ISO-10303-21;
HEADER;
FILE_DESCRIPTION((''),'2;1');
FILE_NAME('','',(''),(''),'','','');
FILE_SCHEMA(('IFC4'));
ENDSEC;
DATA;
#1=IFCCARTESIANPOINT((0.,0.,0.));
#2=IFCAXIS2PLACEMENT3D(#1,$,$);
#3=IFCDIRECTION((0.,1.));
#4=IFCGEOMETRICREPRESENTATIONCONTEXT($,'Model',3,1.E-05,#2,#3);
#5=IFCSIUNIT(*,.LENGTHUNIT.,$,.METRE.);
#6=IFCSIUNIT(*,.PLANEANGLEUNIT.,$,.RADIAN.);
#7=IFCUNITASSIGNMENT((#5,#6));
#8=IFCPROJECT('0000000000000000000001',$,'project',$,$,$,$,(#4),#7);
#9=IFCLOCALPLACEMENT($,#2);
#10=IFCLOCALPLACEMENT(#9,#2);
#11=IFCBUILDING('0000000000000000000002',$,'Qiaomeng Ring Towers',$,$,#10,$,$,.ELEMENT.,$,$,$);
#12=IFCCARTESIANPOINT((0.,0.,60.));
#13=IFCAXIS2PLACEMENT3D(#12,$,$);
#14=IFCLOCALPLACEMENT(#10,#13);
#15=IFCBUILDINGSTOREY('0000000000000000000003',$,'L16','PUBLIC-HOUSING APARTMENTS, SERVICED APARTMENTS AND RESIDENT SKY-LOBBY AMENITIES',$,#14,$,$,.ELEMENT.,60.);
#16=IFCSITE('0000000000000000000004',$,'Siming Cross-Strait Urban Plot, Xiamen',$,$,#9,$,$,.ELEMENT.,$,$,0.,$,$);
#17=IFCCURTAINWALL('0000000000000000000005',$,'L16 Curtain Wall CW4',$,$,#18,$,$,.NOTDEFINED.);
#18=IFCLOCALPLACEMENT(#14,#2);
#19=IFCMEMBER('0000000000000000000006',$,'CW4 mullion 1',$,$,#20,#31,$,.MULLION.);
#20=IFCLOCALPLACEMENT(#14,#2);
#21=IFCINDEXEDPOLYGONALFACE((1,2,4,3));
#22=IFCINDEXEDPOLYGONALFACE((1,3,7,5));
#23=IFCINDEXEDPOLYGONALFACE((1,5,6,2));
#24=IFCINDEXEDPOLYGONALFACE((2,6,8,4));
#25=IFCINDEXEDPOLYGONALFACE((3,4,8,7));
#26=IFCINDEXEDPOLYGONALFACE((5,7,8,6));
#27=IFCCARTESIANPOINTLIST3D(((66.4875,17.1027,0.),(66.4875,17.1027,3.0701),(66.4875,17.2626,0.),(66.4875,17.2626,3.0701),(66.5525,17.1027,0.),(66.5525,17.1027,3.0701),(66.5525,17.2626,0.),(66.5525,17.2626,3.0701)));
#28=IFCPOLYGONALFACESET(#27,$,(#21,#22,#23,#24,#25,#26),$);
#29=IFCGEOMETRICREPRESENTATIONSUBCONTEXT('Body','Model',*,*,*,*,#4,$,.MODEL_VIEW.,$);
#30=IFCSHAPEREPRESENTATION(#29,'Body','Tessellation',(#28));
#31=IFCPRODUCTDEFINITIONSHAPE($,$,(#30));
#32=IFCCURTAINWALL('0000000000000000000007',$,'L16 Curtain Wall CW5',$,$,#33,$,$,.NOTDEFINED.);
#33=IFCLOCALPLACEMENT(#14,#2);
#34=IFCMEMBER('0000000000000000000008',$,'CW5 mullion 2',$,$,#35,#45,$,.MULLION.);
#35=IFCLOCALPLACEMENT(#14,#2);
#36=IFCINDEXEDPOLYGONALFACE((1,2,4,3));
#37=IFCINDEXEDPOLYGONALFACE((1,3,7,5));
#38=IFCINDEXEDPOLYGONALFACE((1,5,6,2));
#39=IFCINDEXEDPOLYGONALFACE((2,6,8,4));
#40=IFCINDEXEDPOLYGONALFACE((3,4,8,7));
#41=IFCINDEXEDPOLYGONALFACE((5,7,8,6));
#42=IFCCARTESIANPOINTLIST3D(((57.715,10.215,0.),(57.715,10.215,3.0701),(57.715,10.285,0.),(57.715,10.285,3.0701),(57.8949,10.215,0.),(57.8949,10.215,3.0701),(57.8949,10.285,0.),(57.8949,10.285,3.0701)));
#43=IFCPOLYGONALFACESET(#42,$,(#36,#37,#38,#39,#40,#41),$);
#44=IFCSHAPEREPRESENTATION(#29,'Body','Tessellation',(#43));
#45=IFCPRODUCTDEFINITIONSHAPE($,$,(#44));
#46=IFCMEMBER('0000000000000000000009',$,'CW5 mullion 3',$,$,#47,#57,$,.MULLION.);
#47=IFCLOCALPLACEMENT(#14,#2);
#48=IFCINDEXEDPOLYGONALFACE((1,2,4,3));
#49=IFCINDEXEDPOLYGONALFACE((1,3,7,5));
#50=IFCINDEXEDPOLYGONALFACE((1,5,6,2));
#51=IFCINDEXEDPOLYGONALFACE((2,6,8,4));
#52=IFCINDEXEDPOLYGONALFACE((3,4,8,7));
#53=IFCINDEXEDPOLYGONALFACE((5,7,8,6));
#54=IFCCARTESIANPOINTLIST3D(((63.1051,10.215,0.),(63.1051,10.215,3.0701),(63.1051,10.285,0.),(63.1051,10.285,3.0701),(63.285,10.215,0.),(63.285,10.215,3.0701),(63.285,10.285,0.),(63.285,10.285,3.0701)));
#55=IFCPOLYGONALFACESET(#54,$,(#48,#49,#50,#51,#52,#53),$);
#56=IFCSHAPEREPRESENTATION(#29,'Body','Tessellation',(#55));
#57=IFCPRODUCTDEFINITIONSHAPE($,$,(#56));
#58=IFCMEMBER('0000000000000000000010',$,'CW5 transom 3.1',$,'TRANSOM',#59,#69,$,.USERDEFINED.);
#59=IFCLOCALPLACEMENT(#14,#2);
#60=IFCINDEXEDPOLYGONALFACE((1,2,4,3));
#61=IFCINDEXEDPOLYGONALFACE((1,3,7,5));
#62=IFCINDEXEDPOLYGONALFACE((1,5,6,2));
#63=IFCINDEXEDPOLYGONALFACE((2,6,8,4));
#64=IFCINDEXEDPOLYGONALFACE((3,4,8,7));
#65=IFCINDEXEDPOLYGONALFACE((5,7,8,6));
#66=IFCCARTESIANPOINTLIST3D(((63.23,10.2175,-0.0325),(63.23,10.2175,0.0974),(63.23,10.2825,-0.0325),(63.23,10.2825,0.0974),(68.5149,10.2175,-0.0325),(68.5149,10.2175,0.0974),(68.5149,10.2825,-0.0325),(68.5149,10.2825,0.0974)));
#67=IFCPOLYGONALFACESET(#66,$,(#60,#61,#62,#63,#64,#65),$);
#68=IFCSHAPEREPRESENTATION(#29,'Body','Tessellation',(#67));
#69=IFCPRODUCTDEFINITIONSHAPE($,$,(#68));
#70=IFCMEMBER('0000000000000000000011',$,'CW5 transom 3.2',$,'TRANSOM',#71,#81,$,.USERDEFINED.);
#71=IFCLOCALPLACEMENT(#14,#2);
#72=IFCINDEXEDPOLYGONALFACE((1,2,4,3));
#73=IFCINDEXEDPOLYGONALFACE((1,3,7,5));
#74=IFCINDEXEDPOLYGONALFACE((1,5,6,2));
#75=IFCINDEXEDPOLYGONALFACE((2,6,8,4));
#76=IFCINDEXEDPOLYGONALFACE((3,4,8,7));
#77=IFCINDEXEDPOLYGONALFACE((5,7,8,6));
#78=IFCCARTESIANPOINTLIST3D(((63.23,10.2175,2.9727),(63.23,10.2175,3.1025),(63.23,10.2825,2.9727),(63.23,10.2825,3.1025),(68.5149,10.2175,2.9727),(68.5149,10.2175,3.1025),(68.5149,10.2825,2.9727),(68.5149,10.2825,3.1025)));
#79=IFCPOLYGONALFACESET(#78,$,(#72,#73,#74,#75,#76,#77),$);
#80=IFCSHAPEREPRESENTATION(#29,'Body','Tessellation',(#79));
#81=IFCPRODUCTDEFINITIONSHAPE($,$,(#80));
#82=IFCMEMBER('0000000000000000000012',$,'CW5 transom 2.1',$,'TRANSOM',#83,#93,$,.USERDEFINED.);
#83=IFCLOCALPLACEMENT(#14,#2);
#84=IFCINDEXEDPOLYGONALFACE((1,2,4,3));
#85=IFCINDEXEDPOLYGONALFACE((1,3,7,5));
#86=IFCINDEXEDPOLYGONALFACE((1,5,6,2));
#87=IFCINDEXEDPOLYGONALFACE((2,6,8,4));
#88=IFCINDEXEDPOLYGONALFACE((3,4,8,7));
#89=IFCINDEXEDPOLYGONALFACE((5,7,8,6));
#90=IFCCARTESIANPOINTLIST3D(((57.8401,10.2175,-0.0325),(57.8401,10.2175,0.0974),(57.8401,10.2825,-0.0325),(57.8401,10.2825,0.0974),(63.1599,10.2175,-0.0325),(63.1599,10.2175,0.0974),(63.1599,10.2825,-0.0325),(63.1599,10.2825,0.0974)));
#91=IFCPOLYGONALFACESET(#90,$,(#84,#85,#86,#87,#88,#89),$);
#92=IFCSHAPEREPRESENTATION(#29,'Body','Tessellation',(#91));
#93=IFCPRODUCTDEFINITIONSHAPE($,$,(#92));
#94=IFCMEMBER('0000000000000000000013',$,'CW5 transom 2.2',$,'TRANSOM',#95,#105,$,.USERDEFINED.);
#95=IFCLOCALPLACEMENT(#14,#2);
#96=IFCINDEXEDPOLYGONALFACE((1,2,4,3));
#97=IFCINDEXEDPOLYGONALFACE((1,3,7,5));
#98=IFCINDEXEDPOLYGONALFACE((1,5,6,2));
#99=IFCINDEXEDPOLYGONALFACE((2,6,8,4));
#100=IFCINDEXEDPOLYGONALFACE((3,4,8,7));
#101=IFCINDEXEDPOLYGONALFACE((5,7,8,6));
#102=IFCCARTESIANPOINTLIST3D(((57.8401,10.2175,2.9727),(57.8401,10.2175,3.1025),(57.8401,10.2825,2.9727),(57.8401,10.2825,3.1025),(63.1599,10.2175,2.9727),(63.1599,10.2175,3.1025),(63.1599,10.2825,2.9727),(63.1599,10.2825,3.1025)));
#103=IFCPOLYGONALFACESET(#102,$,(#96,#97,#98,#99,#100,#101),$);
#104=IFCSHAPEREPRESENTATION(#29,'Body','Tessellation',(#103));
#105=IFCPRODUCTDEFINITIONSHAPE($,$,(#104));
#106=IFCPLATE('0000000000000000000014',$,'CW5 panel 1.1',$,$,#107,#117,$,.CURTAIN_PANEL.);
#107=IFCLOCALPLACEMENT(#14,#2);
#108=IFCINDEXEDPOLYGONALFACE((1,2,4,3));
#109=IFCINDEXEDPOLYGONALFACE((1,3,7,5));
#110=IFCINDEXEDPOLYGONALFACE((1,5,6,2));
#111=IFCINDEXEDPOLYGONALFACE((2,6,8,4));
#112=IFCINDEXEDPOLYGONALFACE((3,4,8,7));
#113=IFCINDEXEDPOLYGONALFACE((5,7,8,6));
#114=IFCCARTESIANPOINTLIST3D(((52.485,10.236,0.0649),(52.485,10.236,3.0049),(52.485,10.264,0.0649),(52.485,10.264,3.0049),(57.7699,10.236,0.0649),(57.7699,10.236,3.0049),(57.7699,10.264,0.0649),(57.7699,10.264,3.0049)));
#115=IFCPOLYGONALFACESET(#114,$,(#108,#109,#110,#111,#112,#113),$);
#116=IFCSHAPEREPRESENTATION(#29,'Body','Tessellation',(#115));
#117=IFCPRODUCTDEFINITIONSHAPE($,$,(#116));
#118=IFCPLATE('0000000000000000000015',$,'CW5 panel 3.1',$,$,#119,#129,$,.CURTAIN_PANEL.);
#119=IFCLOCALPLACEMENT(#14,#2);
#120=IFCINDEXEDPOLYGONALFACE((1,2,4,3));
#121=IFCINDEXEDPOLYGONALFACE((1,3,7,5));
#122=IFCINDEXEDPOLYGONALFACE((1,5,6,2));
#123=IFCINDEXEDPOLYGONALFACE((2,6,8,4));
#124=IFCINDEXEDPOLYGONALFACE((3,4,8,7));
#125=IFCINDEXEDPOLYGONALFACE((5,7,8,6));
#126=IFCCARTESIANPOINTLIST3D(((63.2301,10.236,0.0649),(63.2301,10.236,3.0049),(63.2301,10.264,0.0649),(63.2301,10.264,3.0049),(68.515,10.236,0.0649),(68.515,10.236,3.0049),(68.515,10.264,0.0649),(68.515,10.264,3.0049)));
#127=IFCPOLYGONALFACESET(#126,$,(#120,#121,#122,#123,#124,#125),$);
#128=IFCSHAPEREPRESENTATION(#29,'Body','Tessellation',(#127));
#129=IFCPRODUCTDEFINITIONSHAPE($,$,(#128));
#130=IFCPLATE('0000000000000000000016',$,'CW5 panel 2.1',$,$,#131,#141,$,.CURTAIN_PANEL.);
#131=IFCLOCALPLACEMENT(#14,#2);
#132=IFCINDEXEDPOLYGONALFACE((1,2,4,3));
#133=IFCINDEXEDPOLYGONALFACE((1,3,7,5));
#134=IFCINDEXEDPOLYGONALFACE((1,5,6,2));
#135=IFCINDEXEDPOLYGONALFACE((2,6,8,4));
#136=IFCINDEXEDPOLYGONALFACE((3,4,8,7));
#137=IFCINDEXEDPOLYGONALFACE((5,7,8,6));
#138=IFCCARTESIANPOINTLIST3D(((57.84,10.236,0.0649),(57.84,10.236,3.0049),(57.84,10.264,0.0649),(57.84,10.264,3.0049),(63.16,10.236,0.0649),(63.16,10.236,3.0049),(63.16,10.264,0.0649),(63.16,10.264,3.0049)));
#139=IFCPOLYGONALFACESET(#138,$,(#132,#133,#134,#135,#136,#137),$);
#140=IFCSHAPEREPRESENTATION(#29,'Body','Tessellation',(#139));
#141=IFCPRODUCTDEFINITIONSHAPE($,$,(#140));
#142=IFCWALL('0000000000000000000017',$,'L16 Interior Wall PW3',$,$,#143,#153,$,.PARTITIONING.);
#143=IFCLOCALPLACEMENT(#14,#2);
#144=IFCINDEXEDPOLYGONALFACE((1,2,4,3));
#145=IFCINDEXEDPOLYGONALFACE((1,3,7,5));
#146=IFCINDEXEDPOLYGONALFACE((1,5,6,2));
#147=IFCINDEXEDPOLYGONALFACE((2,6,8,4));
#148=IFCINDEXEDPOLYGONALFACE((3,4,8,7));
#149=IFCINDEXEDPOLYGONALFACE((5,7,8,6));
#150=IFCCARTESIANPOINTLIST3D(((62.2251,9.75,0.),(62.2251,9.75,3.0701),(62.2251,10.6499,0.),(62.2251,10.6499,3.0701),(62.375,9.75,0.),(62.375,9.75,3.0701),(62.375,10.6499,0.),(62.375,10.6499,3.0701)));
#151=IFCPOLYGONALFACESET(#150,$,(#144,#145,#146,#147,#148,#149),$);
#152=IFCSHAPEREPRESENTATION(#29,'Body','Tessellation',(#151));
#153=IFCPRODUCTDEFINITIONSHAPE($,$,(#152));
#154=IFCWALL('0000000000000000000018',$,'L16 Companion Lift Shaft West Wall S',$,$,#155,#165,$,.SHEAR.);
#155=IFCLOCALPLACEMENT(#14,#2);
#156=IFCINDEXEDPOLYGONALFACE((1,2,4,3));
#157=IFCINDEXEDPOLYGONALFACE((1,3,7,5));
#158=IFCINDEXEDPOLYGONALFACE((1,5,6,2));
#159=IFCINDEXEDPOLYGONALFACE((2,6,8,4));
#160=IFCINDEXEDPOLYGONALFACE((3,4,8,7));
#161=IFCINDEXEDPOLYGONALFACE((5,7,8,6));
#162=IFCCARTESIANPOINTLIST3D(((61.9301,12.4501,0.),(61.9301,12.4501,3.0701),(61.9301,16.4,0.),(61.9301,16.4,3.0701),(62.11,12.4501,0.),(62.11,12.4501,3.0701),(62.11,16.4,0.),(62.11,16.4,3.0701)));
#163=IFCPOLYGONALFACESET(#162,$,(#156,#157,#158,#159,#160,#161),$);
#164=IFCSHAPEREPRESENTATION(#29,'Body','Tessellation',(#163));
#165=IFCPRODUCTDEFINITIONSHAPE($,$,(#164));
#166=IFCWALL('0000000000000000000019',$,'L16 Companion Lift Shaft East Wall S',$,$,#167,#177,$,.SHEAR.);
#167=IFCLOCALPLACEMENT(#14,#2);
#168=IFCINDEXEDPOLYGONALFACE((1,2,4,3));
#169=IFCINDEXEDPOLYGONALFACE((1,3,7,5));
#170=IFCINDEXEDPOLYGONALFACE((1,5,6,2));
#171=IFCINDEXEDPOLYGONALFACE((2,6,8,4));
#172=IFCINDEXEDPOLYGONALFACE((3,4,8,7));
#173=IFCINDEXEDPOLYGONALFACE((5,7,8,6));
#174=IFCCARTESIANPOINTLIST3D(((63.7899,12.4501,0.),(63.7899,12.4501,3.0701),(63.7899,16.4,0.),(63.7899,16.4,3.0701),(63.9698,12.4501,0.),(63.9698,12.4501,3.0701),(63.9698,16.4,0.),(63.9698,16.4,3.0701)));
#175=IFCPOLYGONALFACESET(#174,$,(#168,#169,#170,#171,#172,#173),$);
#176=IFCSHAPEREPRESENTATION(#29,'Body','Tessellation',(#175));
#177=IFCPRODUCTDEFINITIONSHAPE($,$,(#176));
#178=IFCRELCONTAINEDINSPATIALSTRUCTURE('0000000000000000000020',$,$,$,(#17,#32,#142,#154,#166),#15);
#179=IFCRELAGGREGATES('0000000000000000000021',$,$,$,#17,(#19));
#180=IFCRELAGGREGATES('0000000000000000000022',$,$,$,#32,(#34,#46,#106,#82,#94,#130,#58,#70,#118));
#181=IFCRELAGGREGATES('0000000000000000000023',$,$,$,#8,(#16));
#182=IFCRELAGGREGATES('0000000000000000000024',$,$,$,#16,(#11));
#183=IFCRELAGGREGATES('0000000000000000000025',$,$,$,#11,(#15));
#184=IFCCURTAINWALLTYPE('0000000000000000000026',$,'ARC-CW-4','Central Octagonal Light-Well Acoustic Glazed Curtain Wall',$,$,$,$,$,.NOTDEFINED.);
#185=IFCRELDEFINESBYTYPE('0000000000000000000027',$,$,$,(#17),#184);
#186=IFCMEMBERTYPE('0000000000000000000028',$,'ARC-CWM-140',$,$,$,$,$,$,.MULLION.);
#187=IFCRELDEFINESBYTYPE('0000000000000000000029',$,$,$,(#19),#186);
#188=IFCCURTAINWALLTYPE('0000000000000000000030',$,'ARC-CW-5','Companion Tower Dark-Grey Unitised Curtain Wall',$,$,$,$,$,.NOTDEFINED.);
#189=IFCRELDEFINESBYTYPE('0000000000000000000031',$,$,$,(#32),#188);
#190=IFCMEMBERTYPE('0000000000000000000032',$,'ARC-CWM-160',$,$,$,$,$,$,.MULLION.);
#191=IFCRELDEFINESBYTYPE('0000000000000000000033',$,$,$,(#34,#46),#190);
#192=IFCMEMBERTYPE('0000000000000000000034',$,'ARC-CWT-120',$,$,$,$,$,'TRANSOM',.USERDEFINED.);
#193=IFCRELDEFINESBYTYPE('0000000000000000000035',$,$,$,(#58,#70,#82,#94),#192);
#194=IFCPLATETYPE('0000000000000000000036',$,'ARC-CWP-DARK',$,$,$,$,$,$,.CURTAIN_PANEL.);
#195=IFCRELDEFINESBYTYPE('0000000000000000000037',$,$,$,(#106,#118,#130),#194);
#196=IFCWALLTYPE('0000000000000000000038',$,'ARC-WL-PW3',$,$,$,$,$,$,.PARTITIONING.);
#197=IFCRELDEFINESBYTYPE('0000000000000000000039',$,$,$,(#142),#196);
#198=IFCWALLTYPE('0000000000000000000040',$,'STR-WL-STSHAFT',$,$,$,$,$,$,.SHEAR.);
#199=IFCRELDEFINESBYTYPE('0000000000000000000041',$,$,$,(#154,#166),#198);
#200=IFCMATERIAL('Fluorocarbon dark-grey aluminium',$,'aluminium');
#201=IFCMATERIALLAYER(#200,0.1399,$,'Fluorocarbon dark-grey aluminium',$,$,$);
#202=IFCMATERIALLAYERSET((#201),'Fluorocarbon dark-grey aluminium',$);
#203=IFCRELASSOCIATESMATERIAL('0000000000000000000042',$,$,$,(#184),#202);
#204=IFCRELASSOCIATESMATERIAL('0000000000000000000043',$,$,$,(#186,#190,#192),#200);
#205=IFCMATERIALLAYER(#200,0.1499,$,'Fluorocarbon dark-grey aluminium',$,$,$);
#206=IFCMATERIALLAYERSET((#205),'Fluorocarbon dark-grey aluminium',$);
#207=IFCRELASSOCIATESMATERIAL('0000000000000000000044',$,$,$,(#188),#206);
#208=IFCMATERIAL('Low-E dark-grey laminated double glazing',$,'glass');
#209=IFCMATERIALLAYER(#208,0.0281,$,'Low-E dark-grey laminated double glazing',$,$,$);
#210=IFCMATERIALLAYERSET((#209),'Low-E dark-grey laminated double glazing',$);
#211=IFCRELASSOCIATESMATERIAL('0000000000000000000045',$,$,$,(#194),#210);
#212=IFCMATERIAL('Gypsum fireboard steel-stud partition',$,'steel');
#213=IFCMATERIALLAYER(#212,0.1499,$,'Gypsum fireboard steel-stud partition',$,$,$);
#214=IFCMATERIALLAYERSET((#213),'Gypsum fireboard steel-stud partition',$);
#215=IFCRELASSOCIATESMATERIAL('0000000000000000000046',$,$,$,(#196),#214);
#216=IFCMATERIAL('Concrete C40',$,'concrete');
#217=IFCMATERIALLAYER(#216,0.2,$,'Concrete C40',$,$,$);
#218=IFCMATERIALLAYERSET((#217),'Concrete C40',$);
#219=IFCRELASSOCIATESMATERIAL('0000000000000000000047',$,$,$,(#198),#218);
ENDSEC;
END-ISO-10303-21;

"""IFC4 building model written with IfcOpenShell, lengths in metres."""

from ifc_helpers import new_model, si_unit, direction, frame, frame_2d, origin, origin_2d, place, context, subcontext, project, spatial, rectangle, extrude, source, transform, mapped, material, layer, layer_set, material_profile, profile_set, type_object, element, aggregate, save


model = new_model("IFC4")

# Units and contexts
model_context = context("Model", 3, precision=1e-05, world=origin(), true_north=direction((0.0, 1.0)))
body_context = subcontext(model_context, "Body", "Model", "MODEL_VIEW")
ifc_project = project(units=[si_unit("LENGTHUNIT", "METRE"), si_unit("PLANEANGLEUNIT", "RADIAN")], contexts=[model_context])

# Site, building, storey
site_placement = place(None, origin())
site = spatial("IfcSite", under=ifc_project, at=site_placement, Name="Siming Cross-Strait Urban Plot, Xiamen", CompositionType="ELEMENT", RefElevation=0.0)
building_placement = place(site_placement, origin())
building = spatial("IfcBuilding", under=site, at=building_placement, Name="Qiaomeng Ring Towers", CompositionType="ELEMENT")
storey_placement = place(building_placement, frame((0.0, 0.0, 60.0)))
storey = spatial("IfcBuildingStorey", under=building, at=storey_placement, Name="L16", Description="PUBLIC-HOUSING APARTMENTS, SERVICED APARTMENTS AND RESIDENT SKY-LOBBY AMENITIES", CompositionType="ELEMENT", Elevation=60.0)

# Curtain wall, member
ifc_material_1 = material(Name="Fluorocarbon dark-grey aluminium", Category="aluminium")
ifc_layer_1 = layer(ifc_material_1, 0.1399, Name="Fluorocarbon dark-grey aluminium")
ifc_layer_set_1 = layer_set([ifc_layer_1], Name="Fluorocarbon dark-grey aluminium")
curtain_wall_type_1 = type_object("IfcCurtainWallType", Name="ARC-CW-4", Description="Central Octagonal Light-Well Acoustic Glazed Curtain Wall", PredefinedType="NOTDEFINED", material=ifc_layer_set_1)
curtain_wall_1_placement = place(storey_placement, origin())
curtain_wall_1 = element("IfcCurtainWall", 1, at=curtain_wall_1_placement, inside=storey, type_object=curtain_wall_type_1, Name="L16 Curtain Wall CW4", PredefinedType="NOTDEFINED")
ifc_material_profile_1 = material_profile(ifc_material_1, rectangle(XDim=0.0649, YDim=0.1599, at=origin_2d()), Name="ALU MULL 65x160")
ifc_profile_set_1 = profile_set([ifc_material_profile_1], Name="Fluorocarbon dark-grey aluminium")
member_type_1 = type_object("IfcMemberType", Name="ARC-CWM-140", PredefinedType="MULLION", material=ifc_profile_set_1)
shared_shape_1 = source(origin(), body_context, "Body", "SweptSolid", [
    extrude(rectangle(XDim=0.0649, YDim=0.1599, at=origin_2d()), origin(), (0.0, 0.0, 1.0), 3.0701),
])
member_1_placement = place(storey_placement, frame((66.52, 17.1826, 0.0), z_axis=(0.0, 0.0, 1.0), x_axis=(-1.0, 0.0, 0.0)))
member_1 = element("IfcMember", 2, at=member_1_placement, type_object=member_type_1, Name="CW4 mullion 1", PredefinedType="MULLION", context=body_context, shape_type="MappedRepresentation", body=[
    mapped(shared_shape_1, transform((0.0, 0.0, 0.0), x_axis=(1.0, 0.0, 0.0), y_axis=(0.0, 1.0, 0.0), z_axis=(0.0, 0.0, 1.0), scale=1.0)),
])
aggregate(curtain_wall_1, [member_1])

# Curtain wall, members, plates
ifc_layer_2 = layer(ifc_material_1, 0.1499, Name="Fluorocarbon dark-grey aluminium")
ifc_layer_set_2 = layer_set([ifc_layer_2], Name="Fluorocarbon dark-grey aluminium")
curtain_wall_type_2 = type_object("IfcCurtainWallType", Name="ARC-CW-5", Description="Companion Tower Dark-Grey Unitised Curtain Wall", PredefinedType="NOTDEFINED", material=ifc_layer_set_2)
curtain_wall_2_placement = place(storey_placement, origin())
curtain_wall_2 = element("IfcCurtainWall", 3, at=curtain_wall_2_placement, inside=storey, type_object=curtain_wall_type_2, Name="L16 Curtain Wall CW5", PredefinedType="NOTDEFINED")
ifc_material_profile_2 = material_profile(ifc_material_1, rectangle(XDim=0.0701, YDim=0.1799, at=origin_2d()), Name="ALU MULL 70x180")
ifc_profile_set_2 = profile_set([ifc_material_profile_2], Name="Fluorocarbon dark-grey aluminium")
member_type_2 = type_object("IfcMemberType", Name="ARC-CWM-160", PredefinedType="MULLION", material=ifc_profile_set_2)
shared_shape_2 = source(origin(), body_context, "Body", "SweptSolid", [
    extrude(rectangle(XDim=0.0701, YDim=0.1799, at=origin_2d()), origin(), (0.0, 0.0, 1.0), 3.0701),
])
member_2_placement = place(storey_placement, frame((57.8049, 10.25, 0.0), z_axis=(0.0, 0.0, 1.0), x_axis=(0.0, 1.0, 0.0)))
member_2 = element("IfcMember", 4, at=member_2_placement, type_object=member_type_2, Name="CW5 mullion 2", PredefinedType="MULLION", context=body_context, shape_type="MappedRepresentation", body=[
    mapped(shared_shape_2, transform((0.0, 0.0, 0.0), x_axis=(1.0, 0.0, 0.0), y_axis=(0.0, 1.0, 0.0), z_axis=(0.0, 0.0, 1.0), scale=1.0)),
])
member_3_placement = place(storey_placement, frame((63.1951, 10.25, 0.0), z_axis=(0.0, 0.0, 1.0), x_axis=(0.0, 1.0, 0.0)))
member_3 = element("IfcMember", 5, at=member_3_placement, type_object=member_type_2, Name="CW5 mullion 3", PredefinedType="MULLION", context=body_context, shape_type="MappedRepresentation", body=[
    mapped(shared_shape_2, transform((0.0, 0.0, 0.0), x_axis=(1.0, 0.0, 0.0), y_axis=(0.0, 1.0, 0.0), z_axis=(0.0, 0.0, 1.0), scale=1.0)),
])
ifc_material_profile_3 = material_profile(ifc_material_1, rectangle(XDim=0.0649, YDim=0.1299, at=origin_2d()), Name="ALU TRAN 65x130")
ifc_profile_set_3 = profile_set([ifc_material_profile_3], Name="Fluorocarbon dark-grey aluminium")
member_type_3 = type_object("IfcMemberType", Name="ARC-CWT-120", ElementType="TRANSOM", PredefinedType="USERDEFINED", material=ifc_profile_set_3)
shared_shape_3 = source(origin(), body_context, "Body", "SweptSolid", [
    extrude(rectangle(XDim=0.0649, YDim=0.1299, at=origin_2d()), origin(), (0.0, 0.0, 1.0), 5.2849),
])
member_4_placement = place(storey_placement, frame((63.23, 10.25, 0.0325), z_axis=(1.0, 0.0, 0.0), x_axis=(0.0, 1.0, 0.0)))
member_4 = element("IfcMember", 6, at=member_4_placement, type_object=member_type_3, Name="CW5 transom 3.1", ObjectType="TRANSOM", PredefinedType="USERDEFINED", context=body_context, shape_type="MappedRepresentation", body=[
    mapped(shared_shape_3, transform((0.0, 0.0, 0.0), x_axis=(1.0, 0.0, 0.0), y_axis=(0.0, 1.0, 0.0), z_axis=(0.0, 0.0, 1.0), scale=1.0)),
])
member_5_placement = place(storey_placement, frame((63.23, 10.25, 3.0376), z_axis=(1.0, 0.0, 0.0), x_axis=(0.0, 1.0, 0.0)))
member_5 = element("IfcMember", 7, at=member_5_placement, type_object=member_type_3, Name="CW5 transom 3.2", ObjectType="TRANSOM", PredefinedType="USERDEFINED", context=body_context, shape_type="MappedRepresentation", body=[
    mapped(shared_shape_3, transform((0.0, 0.0, 0.0), x_axis=(1.0, 0.0, 0.0), y_axis=(0.0, 1.0, 0.0), z_axis=(0.0, 0.0, 1.0), scale=1.0)),
])
shared_shape_4 = source(origin(), body_context, "Body", "SweptSolid", [
    extrude(rectangle(XDim=0.0649, YDim=0.1299, at=origin_2d()), origin(), (0.0, 0.0, 1.0), 5.3198),
])
member_6_placement = place(storey_placement, frame((57.8401, 10.25, 0.0325), z_axis=(1.0, 0.0, 0.0), x_axis=(0.0, 1.0, 0.0)))
member_6 = element("IfcMember", 8, at=member_6_placement, type_object=member_type_3, Name="CW5 transom 2.1", ObjectType="TRANSOM", PredefinedType="USERDEFINED", context=body_context, shape_type="MappedRepresentation", body=[
    mapped(shared_shape_4, transform((0.0, 0.0, 0.0), x_axis=(1.0, 0.0, 0.0), y_axis=(0.0, 1.0, 0.0), z_axis=(0.0, 0.0, 1.0), scale=1.0)),
])
member_7_placement = place(storey_placement, frame((57.8401, 10.25, 3.0376), z_axis=(1.0, 0.0, 0.0), x_axis=(0.0, 1.0, 0.0)))
member_7 = element("IfcMember", 9, at=member_7_placement, type_object=member_type_3, Name="CW5 transom 2.2", ObjectType="TRANSOM", PredefinedType="USERDEFINED", context=body_context, shape_type="MappedRepresentation", body=[
    mapped(shared_shape_4, transform((0.0, 0.0, 0.0), x_axis=(1.0, 0.0, 0.0), y_axis=(0.0, 1.0, 0.0), z_axis=(0.0, 0.0, 1.0), scale=1.0)),
])
ifc_material_2 = material(Name="Low-E dark-grey laminated double glazing", Category="glass")
ifc_layer_3 = layer(ifc_material_2, 0.0281, Name="Low-E dark-grey laminated double glazing")
ifc_layer_set_3 = layer_set([ifc_layer_3], Name="Low-E dark-grey laminated double glazing")
plate_type = type_object("IfcPlateType", Name="ARC-CWP-DARK", PredefinedType="CURTAIN_PANEL", material=ifc_layer_set_3)
shared_shape_5 = source(origin(), body_context, "Body", "SweptSolid", [
    extrude(rectangle(XDim=5.2849, YDim=0.0281, at=origin_2d()), origin(), (0.0, 0.0, 1.0), 2.9399),
])
plate_1_placement = place(storey_placement, frame((55.1274, 10.25, 0.0649), z_axis=(0.0, 0.0, 1.0), x_axis=(1.0, 0.0, 0.0)))
plate_1 = element("IfcPlate", 10, at=plate_1_placement, type_object=plate_type, Name="CW5 panel 1.1", PredefinedType="CURTAIN_PANEL", context=body_context, shape_type="MappedRepresentation", body=[
    mapped(shared_shape_5, transform((0.0, 0.0, 0.0), x_axis=(1.0, 0.0, 0.0), y_axis=(0.0, 1.0, 0.0), z_axis=(0.0, 0.0, 1.0), scale=1.0)),
])
plate_2_placement = place(storey_placement, frame((65.8726, 10.25, 0.0649), z_axis=(0.0, 0.0, 1.0), x_axis=(1.0, 0.0, 0.0)))
plate_2 = element("IfcPlate", 11, at=plate_2_placement, type_object=plate_type, Name="CW5 panel 3.1", PredefinedType="CURTAIN_PANEL", context=body_context, shape_type="MappedRepresentation", body=[
    mapped(shared_shape_5, transform((0.0, 0.0, 0.0), x_axis=(1.0, 0.0, 0.0), y_axis=(0.0, 1.0, 0.0), z_axis=(0.0, 0.0, 1.0), scale=1.0)),
])
shared_shape_6 = source(origin(), body_context, "Body", "SweptSolid", [
    extrude(rectangle(XDim=5.3201, YDim=0.0281, at=origin_2d()), origin(), (0.0, 0.0, 1.0), 2.9399),
])
plate_3_placement = place(storey_placement, frame((60.5, 10.25, 0.0649), z_axis=(0.0, 0.0, 1.0), x_axis=(1.0, 0.0, 0.0)))
plate_3 = element("IfcPlate", 12, at=plate_3_placement, type_object=plate_type, Name="CW5 panel 2.1", PredefinedType="CURTAIN_PANEL", context=body_context, shape_type="MappedRepresentation", body=[
    mapped(shared_shape_6, transform((0.0, 0.0, 0.0), x_axis=(1.0, 0.0, 0.0), y_axis=(0.0, 1.0, 0.0), z_axis=(0.0, 0.0, 1.0), scale=1.0)),
])
aggregate(curtain_wall_2, [member_2, member_3, plate_1, member_6, member_7, plate_3, member_4, member_5, plate_2])

# Walls
ifc_material_3 = material(Name="Gypsum fireboard steel-stud partition", Category="steel")
ifc_layer_4 = layer(ifc_material_3, 0.1499, Name="Gypsum fireboard steel-stud partition")
ifc_layer_set_4 = layer_set([ifc_layer_4], Name="Gypsum fireboard steel-stud partition")
wall_type_1 = type_object("IfcWallType", Name="ARC-WL-PW3", PredefinedType="PARTITIONING", material=ifc_layer_set_4)
wall_1_placement = place(storey_placement, frame((62.3, 9.75, 0.0), z_axis=(0.0, 0.0, 1.0), x_axis=(0.0, 1.0, 0.0)))
element("IfcWall", 13, at=wall_1_placement, inside=storey, type_object=wall_type_1, Name="L16 Interior Wall PW3", PredefinedType="PARTITIONING", context=body_context, shape_type="SweptSolid", body=[
    extrude(rectangle(XDim=0.8999, YDim=0.1499, at=frame_2d((0.45, 0.0))), origin(), (0.0, 0.0, 1.0), 3.0701),
])
ifc_material_4 = material(Name="Concrete C40", Category="concrete")
ifc_layer_5 = layer(ifc_material_4, 0.2, Name="Concrete C40")
ifc_layer_set_5 = layer_set([ifc_layer_5], Name="Concrete C40")
wall_type_2 = type_object("IfcWallType", Name="STR-WL-STSHAFT", PredefinedType="SHEAR", material=ifc_layer_set_5)
for number, where, z_axis, x_axis, name in (
    (14, (62.02, 12.45, 0.0), (0.0, 0.0, 1.0), (0.0, 1.0, 0.0), "L16 Companion Lift Shaft West Wall S"),
    (15, (63.8799, 12.45, 0.0), (0.0, 0.0, 1.0), (0.0, 1.0, 0.0), "L16 Companion Lift Shaft East Wall S"),
):
    element("IfcWall", number, at=place(storey_placement, frame(where, z_axis=z_axis, x_axis=x_axis)), inside=storey, type_object=wall_type_2, Name=name, PredefinedType="SHEAR", context=body_context, shape_type="SweptSolid", body=[
        extrude(rectangle(XDim=3.95, YDim=0.1799, at=frame_2d((1.9751, 0.0))), origin(), (0.0, 0.0, 1.0), 3.0701),
    ])

save(model, "model.ifc")
